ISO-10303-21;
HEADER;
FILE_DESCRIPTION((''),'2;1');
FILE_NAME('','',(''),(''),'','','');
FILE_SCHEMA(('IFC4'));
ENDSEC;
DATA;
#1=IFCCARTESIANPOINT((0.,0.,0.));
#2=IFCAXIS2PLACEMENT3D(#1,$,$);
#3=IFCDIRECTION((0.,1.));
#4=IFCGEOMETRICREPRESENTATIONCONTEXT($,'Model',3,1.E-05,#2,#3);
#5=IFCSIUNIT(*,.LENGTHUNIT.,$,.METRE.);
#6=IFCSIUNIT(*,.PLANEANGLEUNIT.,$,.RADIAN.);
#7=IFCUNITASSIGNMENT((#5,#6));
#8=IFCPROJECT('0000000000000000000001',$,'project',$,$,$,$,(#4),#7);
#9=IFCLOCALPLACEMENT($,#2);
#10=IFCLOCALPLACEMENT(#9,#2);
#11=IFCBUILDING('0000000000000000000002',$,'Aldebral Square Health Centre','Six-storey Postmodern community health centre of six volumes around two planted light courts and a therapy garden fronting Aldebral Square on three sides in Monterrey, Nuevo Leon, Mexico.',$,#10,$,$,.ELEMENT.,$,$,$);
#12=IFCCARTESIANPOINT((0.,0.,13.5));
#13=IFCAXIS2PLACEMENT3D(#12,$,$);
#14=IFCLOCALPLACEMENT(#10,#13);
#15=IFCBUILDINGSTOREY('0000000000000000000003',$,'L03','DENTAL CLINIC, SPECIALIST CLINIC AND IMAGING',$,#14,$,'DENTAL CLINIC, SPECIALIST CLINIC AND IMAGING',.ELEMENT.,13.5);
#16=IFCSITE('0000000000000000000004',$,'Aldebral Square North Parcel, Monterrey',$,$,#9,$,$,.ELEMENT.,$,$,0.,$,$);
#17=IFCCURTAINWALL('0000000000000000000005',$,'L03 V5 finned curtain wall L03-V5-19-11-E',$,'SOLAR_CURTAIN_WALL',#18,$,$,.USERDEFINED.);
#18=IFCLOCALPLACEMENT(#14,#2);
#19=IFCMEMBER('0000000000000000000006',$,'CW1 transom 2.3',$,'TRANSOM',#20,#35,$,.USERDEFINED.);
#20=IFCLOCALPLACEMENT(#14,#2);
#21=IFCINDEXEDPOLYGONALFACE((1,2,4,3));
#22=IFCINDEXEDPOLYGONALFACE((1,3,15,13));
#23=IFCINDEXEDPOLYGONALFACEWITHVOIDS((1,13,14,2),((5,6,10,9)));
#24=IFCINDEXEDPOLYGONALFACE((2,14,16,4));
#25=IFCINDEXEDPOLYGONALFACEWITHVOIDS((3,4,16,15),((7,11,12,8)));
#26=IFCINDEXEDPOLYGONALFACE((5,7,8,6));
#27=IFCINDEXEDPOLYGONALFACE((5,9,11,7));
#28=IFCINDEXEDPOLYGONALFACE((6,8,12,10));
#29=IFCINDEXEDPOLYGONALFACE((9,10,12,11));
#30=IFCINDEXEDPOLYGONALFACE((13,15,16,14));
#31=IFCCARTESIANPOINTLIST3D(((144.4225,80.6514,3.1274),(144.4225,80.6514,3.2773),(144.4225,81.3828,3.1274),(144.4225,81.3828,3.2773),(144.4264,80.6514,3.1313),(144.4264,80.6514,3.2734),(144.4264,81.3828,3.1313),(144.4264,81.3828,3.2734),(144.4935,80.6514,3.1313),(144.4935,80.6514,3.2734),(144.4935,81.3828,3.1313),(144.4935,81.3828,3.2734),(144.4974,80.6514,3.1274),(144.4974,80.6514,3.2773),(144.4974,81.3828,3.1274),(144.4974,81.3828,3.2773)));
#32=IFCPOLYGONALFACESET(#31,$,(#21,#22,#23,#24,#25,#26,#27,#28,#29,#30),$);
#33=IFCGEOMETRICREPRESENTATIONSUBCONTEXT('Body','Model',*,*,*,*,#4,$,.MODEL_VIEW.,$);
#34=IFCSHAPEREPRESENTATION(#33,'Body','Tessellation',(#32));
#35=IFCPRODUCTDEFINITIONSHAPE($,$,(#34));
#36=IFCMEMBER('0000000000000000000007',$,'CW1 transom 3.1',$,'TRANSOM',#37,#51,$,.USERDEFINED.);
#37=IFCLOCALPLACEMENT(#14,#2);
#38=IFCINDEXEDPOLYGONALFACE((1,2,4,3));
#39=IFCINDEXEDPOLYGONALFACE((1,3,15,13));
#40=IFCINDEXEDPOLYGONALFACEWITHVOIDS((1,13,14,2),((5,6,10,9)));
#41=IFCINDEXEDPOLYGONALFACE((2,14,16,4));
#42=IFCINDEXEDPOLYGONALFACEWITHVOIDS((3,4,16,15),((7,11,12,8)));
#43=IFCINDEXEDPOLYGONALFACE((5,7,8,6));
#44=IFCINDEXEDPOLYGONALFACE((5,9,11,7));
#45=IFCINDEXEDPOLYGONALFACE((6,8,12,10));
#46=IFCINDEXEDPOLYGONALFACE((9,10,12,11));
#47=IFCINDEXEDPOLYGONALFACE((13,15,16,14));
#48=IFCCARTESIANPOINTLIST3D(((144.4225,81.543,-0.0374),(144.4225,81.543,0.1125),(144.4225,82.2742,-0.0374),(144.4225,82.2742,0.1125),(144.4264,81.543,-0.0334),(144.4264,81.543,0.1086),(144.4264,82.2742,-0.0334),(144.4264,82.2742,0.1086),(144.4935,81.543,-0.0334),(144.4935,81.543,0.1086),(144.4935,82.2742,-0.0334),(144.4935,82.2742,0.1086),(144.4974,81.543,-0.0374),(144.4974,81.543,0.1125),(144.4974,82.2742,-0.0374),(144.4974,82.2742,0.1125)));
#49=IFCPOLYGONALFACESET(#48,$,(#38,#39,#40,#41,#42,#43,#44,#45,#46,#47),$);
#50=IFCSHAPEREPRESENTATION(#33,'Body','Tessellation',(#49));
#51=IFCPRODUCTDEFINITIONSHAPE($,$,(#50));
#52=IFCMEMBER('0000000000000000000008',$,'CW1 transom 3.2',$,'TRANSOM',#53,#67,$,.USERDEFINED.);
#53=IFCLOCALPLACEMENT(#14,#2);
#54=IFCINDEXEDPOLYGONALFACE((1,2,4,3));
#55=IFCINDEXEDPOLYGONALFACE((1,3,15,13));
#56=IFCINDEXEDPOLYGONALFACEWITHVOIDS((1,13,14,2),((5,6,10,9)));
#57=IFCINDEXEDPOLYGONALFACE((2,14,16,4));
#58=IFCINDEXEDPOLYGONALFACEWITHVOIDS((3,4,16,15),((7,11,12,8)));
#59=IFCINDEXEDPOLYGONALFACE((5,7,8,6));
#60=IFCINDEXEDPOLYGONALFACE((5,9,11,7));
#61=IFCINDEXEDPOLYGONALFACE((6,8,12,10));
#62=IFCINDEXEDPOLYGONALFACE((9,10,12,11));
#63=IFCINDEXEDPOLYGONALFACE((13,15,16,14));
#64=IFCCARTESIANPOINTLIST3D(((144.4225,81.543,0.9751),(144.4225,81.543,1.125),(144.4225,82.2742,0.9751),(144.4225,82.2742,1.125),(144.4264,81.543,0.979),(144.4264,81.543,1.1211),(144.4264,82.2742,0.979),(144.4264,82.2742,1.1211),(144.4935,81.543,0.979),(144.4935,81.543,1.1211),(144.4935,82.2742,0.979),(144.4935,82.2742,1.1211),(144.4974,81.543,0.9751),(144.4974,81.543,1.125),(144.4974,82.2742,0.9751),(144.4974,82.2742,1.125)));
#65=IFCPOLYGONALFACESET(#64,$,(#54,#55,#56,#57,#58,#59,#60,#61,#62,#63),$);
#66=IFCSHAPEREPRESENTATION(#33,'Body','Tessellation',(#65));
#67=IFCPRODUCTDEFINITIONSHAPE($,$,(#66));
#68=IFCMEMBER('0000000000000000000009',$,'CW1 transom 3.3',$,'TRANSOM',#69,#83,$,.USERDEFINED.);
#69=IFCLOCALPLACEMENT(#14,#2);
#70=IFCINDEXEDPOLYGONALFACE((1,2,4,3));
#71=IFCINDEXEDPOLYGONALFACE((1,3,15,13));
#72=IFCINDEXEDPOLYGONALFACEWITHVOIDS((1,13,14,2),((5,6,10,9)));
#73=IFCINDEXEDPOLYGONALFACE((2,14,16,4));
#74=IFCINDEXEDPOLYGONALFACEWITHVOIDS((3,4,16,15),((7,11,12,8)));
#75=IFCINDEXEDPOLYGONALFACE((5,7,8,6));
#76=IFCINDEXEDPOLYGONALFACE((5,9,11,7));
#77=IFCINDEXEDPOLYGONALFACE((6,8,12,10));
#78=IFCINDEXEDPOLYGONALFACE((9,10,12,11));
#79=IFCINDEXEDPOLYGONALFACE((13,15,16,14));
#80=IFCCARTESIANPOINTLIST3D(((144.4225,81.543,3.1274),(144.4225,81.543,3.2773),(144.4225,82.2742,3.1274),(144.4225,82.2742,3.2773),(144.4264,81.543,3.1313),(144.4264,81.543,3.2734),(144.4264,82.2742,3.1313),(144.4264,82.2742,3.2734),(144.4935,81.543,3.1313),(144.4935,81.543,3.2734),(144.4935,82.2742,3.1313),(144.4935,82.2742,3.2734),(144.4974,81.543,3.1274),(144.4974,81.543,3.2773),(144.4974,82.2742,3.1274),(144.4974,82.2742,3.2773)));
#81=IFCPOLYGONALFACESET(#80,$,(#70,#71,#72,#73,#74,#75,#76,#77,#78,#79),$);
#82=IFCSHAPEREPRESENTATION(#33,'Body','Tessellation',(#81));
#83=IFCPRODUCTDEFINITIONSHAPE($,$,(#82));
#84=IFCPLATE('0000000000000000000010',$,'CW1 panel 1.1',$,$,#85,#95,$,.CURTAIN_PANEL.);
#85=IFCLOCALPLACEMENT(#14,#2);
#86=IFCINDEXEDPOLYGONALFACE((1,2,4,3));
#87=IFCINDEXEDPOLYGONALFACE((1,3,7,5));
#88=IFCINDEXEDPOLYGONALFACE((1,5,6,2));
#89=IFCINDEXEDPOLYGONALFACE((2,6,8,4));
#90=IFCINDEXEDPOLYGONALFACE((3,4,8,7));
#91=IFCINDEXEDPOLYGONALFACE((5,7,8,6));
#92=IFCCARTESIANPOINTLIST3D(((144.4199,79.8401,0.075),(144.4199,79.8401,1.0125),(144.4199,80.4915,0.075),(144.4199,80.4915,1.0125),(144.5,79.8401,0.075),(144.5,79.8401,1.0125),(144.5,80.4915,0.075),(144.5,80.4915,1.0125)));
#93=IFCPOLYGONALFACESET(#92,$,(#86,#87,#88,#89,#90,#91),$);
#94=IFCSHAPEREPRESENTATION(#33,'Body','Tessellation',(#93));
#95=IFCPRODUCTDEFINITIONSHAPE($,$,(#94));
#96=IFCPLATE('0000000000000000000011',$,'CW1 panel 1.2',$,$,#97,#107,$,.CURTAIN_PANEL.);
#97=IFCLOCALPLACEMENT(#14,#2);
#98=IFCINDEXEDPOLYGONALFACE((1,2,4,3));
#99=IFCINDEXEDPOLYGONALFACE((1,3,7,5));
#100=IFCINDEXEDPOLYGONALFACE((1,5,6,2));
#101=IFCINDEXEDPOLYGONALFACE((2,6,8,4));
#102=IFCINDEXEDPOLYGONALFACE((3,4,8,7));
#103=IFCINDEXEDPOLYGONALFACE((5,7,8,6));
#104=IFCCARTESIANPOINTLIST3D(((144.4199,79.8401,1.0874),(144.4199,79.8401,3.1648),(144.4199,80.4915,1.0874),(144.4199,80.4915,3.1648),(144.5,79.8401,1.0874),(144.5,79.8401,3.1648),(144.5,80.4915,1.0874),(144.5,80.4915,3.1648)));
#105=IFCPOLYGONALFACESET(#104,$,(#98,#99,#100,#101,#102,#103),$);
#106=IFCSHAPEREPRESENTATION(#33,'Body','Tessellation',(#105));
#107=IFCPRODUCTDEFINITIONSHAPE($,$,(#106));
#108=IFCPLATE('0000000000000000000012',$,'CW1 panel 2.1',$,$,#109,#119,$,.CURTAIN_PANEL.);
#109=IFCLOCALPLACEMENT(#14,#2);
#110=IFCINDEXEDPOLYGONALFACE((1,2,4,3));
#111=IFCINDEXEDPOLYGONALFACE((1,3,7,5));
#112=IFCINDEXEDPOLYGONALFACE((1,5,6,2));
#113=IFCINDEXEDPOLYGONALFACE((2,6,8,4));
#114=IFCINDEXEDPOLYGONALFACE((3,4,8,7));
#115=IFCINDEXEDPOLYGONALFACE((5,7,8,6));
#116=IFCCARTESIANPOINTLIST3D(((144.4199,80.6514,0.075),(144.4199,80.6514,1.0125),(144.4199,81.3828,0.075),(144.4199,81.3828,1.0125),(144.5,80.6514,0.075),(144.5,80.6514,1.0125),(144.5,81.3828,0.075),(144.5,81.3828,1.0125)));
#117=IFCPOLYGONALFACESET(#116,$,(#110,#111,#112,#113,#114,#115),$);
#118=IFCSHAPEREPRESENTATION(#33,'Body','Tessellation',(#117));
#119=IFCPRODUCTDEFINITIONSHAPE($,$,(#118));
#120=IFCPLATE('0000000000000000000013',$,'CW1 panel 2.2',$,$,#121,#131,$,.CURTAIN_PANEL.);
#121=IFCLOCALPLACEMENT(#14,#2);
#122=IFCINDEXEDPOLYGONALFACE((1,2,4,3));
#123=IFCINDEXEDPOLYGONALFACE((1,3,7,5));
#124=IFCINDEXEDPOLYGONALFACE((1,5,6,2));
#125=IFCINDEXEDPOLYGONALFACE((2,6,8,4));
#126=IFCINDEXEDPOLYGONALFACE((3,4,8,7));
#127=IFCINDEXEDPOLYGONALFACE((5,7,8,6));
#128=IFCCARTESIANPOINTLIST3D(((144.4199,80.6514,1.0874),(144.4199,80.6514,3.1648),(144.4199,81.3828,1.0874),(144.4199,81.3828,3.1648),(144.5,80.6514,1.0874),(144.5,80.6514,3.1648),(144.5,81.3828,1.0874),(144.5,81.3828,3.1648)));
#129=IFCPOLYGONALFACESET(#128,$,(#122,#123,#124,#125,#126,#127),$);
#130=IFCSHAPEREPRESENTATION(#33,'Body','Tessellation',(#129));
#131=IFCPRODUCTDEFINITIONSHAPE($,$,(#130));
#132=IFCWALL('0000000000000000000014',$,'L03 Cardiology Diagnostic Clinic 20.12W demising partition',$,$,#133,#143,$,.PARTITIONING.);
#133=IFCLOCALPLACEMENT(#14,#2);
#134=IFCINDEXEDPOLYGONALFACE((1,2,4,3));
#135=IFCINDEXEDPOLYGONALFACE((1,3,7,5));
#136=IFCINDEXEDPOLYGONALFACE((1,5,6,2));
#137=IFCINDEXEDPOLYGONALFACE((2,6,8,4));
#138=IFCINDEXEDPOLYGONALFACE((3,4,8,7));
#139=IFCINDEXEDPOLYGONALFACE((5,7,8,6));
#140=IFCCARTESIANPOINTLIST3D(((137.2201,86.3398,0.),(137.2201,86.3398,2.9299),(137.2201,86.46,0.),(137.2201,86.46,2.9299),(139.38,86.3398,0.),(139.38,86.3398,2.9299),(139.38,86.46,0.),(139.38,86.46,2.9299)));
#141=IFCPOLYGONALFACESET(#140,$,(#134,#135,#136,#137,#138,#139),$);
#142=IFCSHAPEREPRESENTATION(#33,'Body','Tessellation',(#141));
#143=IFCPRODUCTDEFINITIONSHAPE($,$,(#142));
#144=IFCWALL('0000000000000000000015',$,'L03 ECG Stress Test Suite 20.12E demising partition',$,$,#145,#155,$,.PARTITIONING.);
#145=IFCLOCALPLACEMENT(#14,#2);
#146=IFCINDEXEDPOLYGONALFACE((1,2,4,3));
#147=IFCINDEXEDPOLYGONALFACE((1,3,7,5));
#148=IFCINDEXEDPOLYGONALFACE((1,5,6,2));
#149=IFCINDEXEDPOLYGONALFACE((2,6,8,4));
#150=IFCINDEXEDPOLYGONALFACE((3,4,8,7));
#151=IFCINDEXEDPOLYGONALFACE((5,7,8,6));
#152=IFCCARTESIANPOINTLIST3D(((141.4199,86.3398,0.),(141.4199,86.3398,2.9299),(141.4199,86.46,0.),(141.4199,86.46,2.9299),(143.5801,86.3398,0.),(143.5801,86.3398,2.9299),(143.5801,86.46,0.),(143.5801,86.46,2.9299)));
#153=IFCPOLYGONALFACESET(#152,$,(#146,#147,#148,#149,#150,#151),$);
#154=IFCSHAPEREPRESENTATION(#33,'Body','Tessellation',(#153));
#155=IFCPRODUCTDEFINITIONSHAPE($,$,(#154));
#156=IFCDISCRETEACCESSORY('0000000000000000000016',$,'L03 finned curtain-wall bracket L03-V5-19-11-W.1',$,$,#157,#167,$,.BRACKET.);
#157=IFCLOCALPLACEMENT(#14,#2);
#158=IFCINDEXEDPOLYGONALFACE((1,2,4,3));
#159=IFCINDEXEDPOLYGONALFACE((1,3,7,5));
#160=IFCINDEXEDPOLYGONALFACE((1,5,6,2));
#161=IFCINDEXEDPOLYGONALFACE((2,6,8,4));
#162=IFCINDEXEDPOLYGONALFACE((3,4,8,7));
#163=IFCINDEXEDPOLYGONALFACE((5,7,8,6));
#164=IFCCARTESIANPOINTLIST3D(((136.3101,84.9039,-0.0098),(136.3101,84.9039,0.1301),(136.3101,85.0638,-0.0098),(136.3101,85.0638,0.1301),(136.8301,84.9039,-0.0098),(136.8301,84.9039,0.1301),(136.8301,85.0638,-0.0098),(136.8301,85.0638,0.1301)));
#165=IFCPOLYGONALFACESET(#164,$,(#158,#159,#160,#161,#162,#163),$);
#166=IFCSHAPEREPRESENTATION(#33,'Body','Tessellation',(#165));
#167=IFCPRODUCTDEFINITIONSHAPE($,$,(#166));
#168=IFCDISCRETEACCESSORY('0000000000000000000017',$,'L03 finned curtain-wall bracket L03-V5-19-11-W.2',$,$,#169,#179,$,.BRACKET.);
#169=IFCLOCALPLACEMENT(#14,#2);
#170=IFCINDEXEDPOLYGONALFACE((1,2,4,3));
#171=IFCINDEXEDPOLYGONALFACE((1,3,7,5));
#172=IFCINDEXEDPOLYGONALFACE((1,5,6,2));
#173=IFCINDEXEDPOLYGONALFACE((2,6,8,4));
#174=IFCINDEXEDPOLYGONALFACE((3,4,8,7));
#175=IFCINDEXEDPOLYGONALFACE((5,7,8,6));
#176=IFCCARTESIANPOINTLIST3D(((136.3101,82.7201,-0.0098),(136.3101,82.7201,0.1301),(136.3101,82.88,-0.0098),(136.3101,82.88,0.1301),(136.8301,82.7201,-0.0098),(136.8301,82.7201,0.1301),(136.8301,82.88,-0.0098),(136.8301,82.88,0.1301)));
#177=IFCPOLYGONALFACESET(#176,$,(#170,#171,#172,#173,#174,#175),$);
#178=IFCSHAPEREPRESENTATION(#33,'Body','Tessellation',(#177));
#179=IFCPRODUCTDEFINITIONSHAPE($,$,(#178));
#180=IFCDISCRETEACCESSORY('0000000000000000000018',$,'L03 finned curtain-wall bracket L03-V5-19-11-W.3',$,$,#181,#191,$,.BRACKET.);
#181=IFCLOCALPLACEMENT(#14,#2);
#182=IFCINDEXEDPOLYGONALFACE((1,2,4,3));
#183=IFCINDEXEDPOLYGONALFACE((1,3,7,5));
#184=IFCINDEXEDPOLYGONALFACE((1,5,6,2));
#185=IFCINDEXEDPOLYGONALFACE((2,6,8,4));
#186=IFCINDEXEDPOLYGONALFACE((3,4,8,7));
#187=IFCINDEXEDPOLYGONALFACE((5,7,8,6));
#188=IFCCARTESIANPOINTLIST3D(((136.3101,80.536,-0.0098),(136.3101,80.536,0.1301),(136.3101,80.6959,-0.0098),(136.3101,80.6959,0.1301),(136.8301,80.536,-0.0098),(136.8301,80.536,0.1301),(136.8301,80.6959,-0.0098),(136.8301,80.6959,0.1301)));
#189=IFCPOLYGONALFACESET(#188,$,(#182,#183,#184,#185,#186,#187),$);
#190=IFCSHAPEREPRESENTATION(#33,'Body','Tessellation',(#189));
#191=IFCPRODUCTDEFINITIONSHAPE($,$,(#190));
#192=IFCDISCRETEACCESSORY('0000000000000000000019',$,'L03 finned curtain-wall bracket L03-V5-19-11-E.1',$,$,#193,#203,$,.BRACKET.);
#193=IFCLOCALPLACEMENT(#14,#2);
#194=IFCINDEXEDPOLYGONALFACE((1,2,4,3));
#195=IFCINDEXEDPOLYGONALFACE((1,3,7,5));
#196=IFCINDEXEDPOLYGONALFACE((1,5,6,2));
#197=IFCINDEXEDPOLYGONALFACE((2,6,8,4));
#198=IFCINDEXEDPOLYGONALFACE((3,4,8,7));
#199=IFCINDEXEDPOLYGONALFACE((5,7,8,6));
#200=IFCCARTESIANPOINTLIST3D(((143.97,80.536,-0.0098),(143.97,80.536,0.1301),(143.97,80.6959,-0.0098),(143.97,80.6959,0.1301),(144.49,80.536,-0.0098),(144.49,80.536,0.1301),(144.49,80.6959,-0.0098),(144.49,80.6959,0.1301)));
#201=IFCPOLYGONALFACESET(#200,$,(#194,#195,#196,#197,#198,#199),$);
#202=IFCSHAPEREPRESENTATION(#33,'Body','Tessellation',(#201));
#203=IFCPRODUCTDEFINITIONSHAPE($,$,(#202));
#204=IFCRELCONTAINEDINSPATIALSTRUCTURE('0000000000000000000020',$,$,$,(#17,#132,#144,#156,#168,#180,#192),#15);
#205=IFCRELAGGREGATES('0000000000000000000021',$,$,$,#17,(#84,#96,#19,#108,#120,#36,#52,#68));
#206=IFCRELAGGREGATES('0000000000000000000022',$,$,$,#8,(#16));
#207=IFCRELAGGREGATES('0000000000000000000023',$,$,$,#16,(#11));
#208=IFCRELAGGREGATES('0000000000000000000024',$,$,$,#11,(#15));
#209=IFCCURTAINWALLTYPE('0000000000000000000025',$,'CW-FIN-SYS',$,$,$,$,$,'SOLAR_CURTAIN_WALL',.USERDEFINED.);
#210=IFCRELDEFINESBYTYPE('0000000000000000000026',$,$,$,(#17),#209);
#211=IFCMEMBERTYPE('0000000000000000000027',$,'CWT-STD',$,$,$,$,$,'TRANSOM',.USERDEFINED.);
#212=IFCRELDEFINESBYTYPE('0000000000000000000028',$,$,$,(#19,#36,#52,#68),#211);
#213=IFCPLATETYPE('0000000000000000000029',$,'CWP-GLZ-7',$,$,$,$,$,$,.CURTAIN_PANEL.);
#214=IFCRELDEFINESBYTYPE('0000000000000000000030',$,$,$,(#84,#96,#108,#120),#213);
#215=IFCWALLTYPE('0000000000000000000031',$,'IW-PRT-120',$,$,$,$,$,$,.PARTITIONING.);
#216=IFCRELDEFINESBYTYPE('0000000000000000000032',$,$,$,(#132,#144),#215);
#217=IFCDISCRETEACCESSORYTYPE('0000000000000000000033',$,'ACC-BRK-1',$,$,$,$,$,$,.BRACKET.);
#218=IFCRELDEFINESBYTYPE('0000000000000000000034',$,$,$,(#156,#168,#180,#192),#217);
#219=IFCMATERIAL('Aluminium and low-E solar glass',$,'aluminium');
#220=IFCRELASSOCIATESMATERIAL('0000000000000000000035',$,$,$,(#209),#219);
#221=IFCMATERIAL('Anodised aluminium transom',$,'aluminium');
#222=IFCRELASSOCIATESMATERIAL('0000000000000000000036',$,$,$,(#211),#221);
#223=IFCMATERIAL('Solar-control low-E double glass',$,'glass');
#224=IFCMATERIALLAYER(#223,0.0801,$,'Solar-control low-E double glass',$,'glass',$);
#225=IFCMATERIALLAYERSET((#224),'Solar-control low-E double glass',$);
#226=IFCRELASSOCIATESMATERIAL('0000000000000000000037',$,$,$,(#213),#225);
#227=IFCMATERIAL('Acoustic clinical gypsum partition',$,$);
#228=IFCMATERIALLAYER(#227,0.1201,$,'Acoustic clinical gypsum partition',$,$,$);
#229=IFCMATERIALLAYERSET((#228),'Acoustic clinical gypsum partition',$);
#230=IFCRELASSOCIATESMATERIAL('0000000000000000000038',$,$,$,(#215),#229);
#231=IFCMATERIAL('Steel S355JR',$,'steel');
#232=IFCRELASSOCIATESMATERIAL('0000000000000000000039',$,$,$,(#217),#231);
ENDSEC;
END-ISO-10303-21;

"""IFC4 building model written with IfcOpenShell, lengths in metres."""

from ifc_helpers import new_model, si_unit, direction, frame, frame_2d, origin, origin_2d, place, context, subcontext, project, spatial, rectangle, hollow_rectangle, extrude, material, layer, layer_set, material_profile, profile_set, type_object, element, aggregate, save


model = new_model("IFC4")

# Units and contexts
model_context = context("Model", 3, precision=1e-05, world=origin(), true_north=direction((0.0, 1.0)))
body_context = subcontext(model_context, "Body", "Model", "MODEL_VIEW")
ifc_project = project(units=[si_unit("LENGTHUNIT", "METRE"), si_unit("PLANEANGLEUNIT", "RADIAN")], contexts=[model_context])

# Site, building, storey
site_placement = place(None, origin())
site = spatial("IfcSite", under=ifc_project, at=site_placement, Name="Aldebral Square North Parcel, Monterrey", CompositionType="ELEMENT", RefElevation=0.0)
building_placement = place(site_placement, origin())
building = spatial("IfcBuilding", under=site, at=building_placement, Name="Aldebral Square Health Centre", Description="Six-storey Postmodern community health centre of six volumes around two planted light courts and a therapy garden fronting Aldebral Square on three sides in Monterrey, Nuevo Leon, Mexico.", CompositionType="ELEMENT")
storey_placement = place(building_placement, frame((0.0, 0.0, 13.5)))
storey = spatial("IfcBuildingStorey", under=building, at=storey_placement, Name="L03", Description="DENTAL CLINIC, SPECIALIST CLINIC AND IMAGING", LongName="DENTAL CLINIC, SPECIALIST CLINIC AND IMAGING", CompositionType="ELEMENT", Elevation=13.5)

# Curtain wall, members, plates
ifc_material_1 = material(Name="Aluminium and low-E solar glass", Category="aluminium")
curtain_wall_type = type_object("IfcCurtainWallType", Name="CW-FIN-SYS", ElementType="SOLAR_CURTAIN_WALL", PredefinedType="USERDEFINED", material=ifc_material_1)
curtain_wall_placement = place(storey_placement, origin())
curtain_wall = element("IfcCurtainWall", 1, at=curtain_wall_placement, inside=storey, type_object=curtain_wall_type, Name="L03 V5 finned curtain wall L03-V5-19-11-E", ObjectType="SOLAR_CURTAIN_WALL", PredefinedType="USERDEFINED")
ifc_material_2 = material(Name="Anodised aluminium transom", Category="aluminium")
ifc_material_profile_1 = material_profile(ifc_material_2, hollow_rectangle(XDim=0.075, YDim=0.1499, WallThickness=0.0039, at=origin_2d()), Name="CWT 75x150x4")
ifc_profile_set_1 = profile_set([ifc_material_profile_1], Name="Anodised aluminium transom")
member_type_1 = type_object("IfcMemberType", Name="CWT-STD", ElementType="TRANSOM", PredefinedType="USERDEFINED", material=ifc_profile_set_1)
member_1_placement = place(storey_placement, frame((144.46, 80.6514, 3.2024), z_axis=(0.0, 1.0, 0.0), x_axis=(-1.0, 0.0, 0.0)))
member_1 = element("IfcMember", 2, at=member_1_placement, type_object=member_type_1, Name="CW1 transom 2.3", ObjectType="TRANSOM", PredefinedType="USERDEFINED", context=body_context, shape_type="SweptSolid", body=[
    extrude(hollow_rectangle(XDim=0.075, YDim=0.1499, WallThickness=0.0039, at=origin_2d()), origin(), (0.0, 0.0, 1.0), 0.7314),
])
member_2_placement = place(storey_placement, frame((144.46, 81.543, 0.0376), z_axis=(0.0, 1.0, 0.0), x_axis=(-1.0, 0.0, 0.0)))
member_2 = element("IfcMember", 3, at=member_2_placement, type_object=member_type_1, Name="CW1 transom 3.1", ObjectType="TRANSOM", PredefinedType="USERDEFINED", context=body_context, shape_type="SweptSolid", body=[
    extrude(hollow_rectangle(XDim=0.075, YDim=0.1499, WallThickness=0.0039, at=origin_2d()), origin(), (0.0, 0.0, 1.0), 0.7312),
])
member_3_placement = place(storey_placement, frame((144.46, 81.543, 1.05), z_axis=(0.0, 1.0, 0.0), x_axis=(-1.0, 0.0, 0.0)))
member_3 = element("IfcMember", 4, at=member_3_placement, type_object=member_type_1, Name="CW1 transom 3.2", ObjectType="TRANSOM", PredefinedType="USERDEFINED", context=body_context, shape_type="SweptSolid", body=[
    extrude(hollow_rectangle(XDim=0.075, YDim=0.1499, WallThickness=0.0039, at=origin_2d()), origin(), (0.0, 0.0, 1.0), 0.7312),
])
member_4_placement = place(storey_placement, frame((144.46, 81.543, 3.2024), z_axis=(0.0, 1.0, 0.0), x_axis=(-1.0, 0.0, 0.0)))
member_4 = element("IfcMember", 5, at=member_4_placement, type_object=member_type_1, Name="CW1 transom 3.3", ObjectType="TRANSOM", PredefinedType="USERDEFINED", context=body_context, shape_type="SweptSolid", body=[
    extrude(hollow_rectangle(XDim=0.075, YDim=0.1499, WallThickness=0.0039, at=origin_2d()), origin(), (0.0, 0.0, 1.0), 0.7312),
])
ifc_material_3 = material(Name="Solar-control low-E double glass", Category="glass")
ifc_layer_1 = layer(ifc_material_3, 0.0801, Name="Solar-control low-E double glass", Category="glass")
ifc_layer_set_1 = layer_set([ifc_layer_1], Name="Solar-control low-E double glass")
plate_type = type_object("IfcPlateType", Name="CWP-GLZ-7", PredefinedType="CURTAIN_PANEL", material=ifc_layer_set_1)
plate_1_placement = place(storey_placement, frame((144.46, 80.1658, 0.075), z_axis=(0.0, 0.0, 1.0), x_axis=(0.0, 1.0, 0.0)))
plate_1 = element("IfcPlate", 6, at=plate_1_placement, type_object=plate_type, Name="CW1 panel 1.1", PredefinedType="CURTAIN_PANEL", context=body_context, shape_type="SweptSolid", body=[
    extrude(rectangle(XDim=0.6514, YDim=0.0801, at=origin_2d()), origin(), (0.0, 0.0, 1.0), 0.9375),
])
plate_2_placement = place(storey_placement, frame((144.46, 80.1658, 1.0874), z_axis=(0.0, 0.0, 1.0), x_axis=(0.0, 1.0, 0.0)))
plate_2 = element("IfcPlate", 7, at=plate_2_placement, type_object=plate_type, Name="CW1 panel 1.2", PredefinedType="CURTAIN_PANEL", context=body_context, shape_type="SweptSolid", body=[
    extrude(rectangle(XDim=0.6514, YDim=0.0801, at=origin_2d()), origin(), (0.0, 0.0, 1.0), 2.0774),
])
plate_3_placement = place(storey_placement, frame((144.46, 81.0171, 0.075), z_axis=(0.0, 0.0, 1.0), x_axis=(0.0, 1.0, 0.0)))
plate_3 = element("IfcPlate", 8, at=plate_3_placement, type_object=plate_type, Name="CW1 panel 2.1", PredefinedType="CURTAIN_PANEL", context=body_context, shape_type="SweptSolid", body=[
    extrude(rectangle(XDim=0.7314, YDim=0.0801, at=origin_2d()), origin(), (0.0, 0.0, 1.0), 0.9375),
])
plate_4_placement = place(storey_placement, frame((144.46, 81.0171, 1.0874), z_axis=(0.0, 0.0, 1.0), x_axis=(0.0, 1.0, 0.0)))
plate_4 = element("IfcPlate", 9, at=plate_4_placement, type_object=plate_type, Name="CW1 panel 2.2", PredefinedType="CURTAIN_PANEL", context=body_context, shape_type="SweptSolid", body=[
    extrude(rectangle(XDim=0.7314, YDim=0.0801, at=origin_2d()), origin(), (0.0, 0.0, 1.0), 2.0774),
])
aggregate(curtain_wall, [plate_1, plate_2, member_1, plate_3, plate_4, member_2, member_3, member_4])

# Walls
ifc_material_4 = material(Name="Acoustic clinical gypsum partition")
ifc_layer_2 = layer(ifc_material_4, 0.1201, Name="Acoustic clinical gypsum partition")
ifc_layer_set_2 = layer_set([ifc_layer_2], Name="Acoustic clinical gypsum partition")
wall_type = type_object("IfcWallType", Name="IW-PRT-120", PredefinedType="PARTITIONING", material=ifc_layer_set_2)
wall_1_placement = place(storey_placement, frame((137.22, 86.3999, 0.0), z_axis=(0.0, 0.0, 1.0), x_axis=(1.0, 0.0, 0.0)))
element("IfcWall", 10, at=wall_1_placement, inside=storey, type_object=wall_type, Name="L03 Cardiology Diagnostic Clinic 20.12W demising partition", PredefinedType="PARTITIONING", context=body_context, shape_type="SweptSolid", body=[
    extrude(rectangle(XDim=2.1599, YDim=0.1201, at=frame_2d((1.0801, 0.0))), origin(), (0.0, 0.0, 1.0), 2.9299),
])
wall_2_placement = place(storey_placement, frame((141.4199, 86.3999, 0.0), z_axis=(0.0, 0.0, 1.0), x_axis=(1.0, 0.0, 0.0)))
element("IfcWall", 11, at=wall_2_placement, inside=storey, type_object=wall_type, Name="L03 ECG Stress Test Suite 20.12E demising partition", PredefinedType="PARTITIONING", context=body_context, shape_type="SweptSolid", body=[
    extrude(rectangle(XDim=2.1602, YDim=0.1201, at=frame_2d((1.0801, 0.0))), origin(), (0.0, 0.0, 1.0), 2.9299),
])

# Discrete accessories
ifc_material_5 = material(Name="Steel S355JR", Category="steel")
discrete_accessory_type = type_object("IfcDiscreteAccessoryType", Name="ACC-BRK-1", PredefinedType="BRACKET", material=ifc_material_5)
for number, where, z_axis, x_axis, name in (
    (12, (136.5701, 84.9839, -0.0098), (0.0, 0.0, 1.0), (0.0, 1.0, 0.0), "L03 finned curtain-wall bracket L03-V5-19-11-W.1"),
    (13, (136.5701, 82.8, -0.0098), (0.0, 0.0, 1.0), (0.0, 1.0, 0.0), "L03 finned curtain-wall bracket L03-V5-19-11-W.2"),
    (14, (136.5701, 80.616, -0.0098), (0.0, 0.0, 1.0), (0.0, 1.0, 0.0), "L03 finned curtain-wall bracket L03-V5-19-11-W.3"),
    (15, (144.23, 80.616, -0.0098), (0.0, 0.0, 1.0), (0.0, 1.0, 0.0), "L03 finned curtain-wall bracket L03-V5-19-11-E.1"),
):
    element("IfcDiscreteAccessory", number, at=place(storey_placement, frame(where, z_axis=z_axis, x_axis=x_axis)), inside=storey, type_object=discrete_accessory_type, Name=name, PredefinedType="BRACKET", context=body_context, shape_type="SweptSolid", body=[
        extrude(rectangle(XDim=0.1599, YDim=0.52, at=origin_2d()), origin(), (0.0, 0.0, 1.0), 0.1399),
    ])

save(model, "model.ifc")
